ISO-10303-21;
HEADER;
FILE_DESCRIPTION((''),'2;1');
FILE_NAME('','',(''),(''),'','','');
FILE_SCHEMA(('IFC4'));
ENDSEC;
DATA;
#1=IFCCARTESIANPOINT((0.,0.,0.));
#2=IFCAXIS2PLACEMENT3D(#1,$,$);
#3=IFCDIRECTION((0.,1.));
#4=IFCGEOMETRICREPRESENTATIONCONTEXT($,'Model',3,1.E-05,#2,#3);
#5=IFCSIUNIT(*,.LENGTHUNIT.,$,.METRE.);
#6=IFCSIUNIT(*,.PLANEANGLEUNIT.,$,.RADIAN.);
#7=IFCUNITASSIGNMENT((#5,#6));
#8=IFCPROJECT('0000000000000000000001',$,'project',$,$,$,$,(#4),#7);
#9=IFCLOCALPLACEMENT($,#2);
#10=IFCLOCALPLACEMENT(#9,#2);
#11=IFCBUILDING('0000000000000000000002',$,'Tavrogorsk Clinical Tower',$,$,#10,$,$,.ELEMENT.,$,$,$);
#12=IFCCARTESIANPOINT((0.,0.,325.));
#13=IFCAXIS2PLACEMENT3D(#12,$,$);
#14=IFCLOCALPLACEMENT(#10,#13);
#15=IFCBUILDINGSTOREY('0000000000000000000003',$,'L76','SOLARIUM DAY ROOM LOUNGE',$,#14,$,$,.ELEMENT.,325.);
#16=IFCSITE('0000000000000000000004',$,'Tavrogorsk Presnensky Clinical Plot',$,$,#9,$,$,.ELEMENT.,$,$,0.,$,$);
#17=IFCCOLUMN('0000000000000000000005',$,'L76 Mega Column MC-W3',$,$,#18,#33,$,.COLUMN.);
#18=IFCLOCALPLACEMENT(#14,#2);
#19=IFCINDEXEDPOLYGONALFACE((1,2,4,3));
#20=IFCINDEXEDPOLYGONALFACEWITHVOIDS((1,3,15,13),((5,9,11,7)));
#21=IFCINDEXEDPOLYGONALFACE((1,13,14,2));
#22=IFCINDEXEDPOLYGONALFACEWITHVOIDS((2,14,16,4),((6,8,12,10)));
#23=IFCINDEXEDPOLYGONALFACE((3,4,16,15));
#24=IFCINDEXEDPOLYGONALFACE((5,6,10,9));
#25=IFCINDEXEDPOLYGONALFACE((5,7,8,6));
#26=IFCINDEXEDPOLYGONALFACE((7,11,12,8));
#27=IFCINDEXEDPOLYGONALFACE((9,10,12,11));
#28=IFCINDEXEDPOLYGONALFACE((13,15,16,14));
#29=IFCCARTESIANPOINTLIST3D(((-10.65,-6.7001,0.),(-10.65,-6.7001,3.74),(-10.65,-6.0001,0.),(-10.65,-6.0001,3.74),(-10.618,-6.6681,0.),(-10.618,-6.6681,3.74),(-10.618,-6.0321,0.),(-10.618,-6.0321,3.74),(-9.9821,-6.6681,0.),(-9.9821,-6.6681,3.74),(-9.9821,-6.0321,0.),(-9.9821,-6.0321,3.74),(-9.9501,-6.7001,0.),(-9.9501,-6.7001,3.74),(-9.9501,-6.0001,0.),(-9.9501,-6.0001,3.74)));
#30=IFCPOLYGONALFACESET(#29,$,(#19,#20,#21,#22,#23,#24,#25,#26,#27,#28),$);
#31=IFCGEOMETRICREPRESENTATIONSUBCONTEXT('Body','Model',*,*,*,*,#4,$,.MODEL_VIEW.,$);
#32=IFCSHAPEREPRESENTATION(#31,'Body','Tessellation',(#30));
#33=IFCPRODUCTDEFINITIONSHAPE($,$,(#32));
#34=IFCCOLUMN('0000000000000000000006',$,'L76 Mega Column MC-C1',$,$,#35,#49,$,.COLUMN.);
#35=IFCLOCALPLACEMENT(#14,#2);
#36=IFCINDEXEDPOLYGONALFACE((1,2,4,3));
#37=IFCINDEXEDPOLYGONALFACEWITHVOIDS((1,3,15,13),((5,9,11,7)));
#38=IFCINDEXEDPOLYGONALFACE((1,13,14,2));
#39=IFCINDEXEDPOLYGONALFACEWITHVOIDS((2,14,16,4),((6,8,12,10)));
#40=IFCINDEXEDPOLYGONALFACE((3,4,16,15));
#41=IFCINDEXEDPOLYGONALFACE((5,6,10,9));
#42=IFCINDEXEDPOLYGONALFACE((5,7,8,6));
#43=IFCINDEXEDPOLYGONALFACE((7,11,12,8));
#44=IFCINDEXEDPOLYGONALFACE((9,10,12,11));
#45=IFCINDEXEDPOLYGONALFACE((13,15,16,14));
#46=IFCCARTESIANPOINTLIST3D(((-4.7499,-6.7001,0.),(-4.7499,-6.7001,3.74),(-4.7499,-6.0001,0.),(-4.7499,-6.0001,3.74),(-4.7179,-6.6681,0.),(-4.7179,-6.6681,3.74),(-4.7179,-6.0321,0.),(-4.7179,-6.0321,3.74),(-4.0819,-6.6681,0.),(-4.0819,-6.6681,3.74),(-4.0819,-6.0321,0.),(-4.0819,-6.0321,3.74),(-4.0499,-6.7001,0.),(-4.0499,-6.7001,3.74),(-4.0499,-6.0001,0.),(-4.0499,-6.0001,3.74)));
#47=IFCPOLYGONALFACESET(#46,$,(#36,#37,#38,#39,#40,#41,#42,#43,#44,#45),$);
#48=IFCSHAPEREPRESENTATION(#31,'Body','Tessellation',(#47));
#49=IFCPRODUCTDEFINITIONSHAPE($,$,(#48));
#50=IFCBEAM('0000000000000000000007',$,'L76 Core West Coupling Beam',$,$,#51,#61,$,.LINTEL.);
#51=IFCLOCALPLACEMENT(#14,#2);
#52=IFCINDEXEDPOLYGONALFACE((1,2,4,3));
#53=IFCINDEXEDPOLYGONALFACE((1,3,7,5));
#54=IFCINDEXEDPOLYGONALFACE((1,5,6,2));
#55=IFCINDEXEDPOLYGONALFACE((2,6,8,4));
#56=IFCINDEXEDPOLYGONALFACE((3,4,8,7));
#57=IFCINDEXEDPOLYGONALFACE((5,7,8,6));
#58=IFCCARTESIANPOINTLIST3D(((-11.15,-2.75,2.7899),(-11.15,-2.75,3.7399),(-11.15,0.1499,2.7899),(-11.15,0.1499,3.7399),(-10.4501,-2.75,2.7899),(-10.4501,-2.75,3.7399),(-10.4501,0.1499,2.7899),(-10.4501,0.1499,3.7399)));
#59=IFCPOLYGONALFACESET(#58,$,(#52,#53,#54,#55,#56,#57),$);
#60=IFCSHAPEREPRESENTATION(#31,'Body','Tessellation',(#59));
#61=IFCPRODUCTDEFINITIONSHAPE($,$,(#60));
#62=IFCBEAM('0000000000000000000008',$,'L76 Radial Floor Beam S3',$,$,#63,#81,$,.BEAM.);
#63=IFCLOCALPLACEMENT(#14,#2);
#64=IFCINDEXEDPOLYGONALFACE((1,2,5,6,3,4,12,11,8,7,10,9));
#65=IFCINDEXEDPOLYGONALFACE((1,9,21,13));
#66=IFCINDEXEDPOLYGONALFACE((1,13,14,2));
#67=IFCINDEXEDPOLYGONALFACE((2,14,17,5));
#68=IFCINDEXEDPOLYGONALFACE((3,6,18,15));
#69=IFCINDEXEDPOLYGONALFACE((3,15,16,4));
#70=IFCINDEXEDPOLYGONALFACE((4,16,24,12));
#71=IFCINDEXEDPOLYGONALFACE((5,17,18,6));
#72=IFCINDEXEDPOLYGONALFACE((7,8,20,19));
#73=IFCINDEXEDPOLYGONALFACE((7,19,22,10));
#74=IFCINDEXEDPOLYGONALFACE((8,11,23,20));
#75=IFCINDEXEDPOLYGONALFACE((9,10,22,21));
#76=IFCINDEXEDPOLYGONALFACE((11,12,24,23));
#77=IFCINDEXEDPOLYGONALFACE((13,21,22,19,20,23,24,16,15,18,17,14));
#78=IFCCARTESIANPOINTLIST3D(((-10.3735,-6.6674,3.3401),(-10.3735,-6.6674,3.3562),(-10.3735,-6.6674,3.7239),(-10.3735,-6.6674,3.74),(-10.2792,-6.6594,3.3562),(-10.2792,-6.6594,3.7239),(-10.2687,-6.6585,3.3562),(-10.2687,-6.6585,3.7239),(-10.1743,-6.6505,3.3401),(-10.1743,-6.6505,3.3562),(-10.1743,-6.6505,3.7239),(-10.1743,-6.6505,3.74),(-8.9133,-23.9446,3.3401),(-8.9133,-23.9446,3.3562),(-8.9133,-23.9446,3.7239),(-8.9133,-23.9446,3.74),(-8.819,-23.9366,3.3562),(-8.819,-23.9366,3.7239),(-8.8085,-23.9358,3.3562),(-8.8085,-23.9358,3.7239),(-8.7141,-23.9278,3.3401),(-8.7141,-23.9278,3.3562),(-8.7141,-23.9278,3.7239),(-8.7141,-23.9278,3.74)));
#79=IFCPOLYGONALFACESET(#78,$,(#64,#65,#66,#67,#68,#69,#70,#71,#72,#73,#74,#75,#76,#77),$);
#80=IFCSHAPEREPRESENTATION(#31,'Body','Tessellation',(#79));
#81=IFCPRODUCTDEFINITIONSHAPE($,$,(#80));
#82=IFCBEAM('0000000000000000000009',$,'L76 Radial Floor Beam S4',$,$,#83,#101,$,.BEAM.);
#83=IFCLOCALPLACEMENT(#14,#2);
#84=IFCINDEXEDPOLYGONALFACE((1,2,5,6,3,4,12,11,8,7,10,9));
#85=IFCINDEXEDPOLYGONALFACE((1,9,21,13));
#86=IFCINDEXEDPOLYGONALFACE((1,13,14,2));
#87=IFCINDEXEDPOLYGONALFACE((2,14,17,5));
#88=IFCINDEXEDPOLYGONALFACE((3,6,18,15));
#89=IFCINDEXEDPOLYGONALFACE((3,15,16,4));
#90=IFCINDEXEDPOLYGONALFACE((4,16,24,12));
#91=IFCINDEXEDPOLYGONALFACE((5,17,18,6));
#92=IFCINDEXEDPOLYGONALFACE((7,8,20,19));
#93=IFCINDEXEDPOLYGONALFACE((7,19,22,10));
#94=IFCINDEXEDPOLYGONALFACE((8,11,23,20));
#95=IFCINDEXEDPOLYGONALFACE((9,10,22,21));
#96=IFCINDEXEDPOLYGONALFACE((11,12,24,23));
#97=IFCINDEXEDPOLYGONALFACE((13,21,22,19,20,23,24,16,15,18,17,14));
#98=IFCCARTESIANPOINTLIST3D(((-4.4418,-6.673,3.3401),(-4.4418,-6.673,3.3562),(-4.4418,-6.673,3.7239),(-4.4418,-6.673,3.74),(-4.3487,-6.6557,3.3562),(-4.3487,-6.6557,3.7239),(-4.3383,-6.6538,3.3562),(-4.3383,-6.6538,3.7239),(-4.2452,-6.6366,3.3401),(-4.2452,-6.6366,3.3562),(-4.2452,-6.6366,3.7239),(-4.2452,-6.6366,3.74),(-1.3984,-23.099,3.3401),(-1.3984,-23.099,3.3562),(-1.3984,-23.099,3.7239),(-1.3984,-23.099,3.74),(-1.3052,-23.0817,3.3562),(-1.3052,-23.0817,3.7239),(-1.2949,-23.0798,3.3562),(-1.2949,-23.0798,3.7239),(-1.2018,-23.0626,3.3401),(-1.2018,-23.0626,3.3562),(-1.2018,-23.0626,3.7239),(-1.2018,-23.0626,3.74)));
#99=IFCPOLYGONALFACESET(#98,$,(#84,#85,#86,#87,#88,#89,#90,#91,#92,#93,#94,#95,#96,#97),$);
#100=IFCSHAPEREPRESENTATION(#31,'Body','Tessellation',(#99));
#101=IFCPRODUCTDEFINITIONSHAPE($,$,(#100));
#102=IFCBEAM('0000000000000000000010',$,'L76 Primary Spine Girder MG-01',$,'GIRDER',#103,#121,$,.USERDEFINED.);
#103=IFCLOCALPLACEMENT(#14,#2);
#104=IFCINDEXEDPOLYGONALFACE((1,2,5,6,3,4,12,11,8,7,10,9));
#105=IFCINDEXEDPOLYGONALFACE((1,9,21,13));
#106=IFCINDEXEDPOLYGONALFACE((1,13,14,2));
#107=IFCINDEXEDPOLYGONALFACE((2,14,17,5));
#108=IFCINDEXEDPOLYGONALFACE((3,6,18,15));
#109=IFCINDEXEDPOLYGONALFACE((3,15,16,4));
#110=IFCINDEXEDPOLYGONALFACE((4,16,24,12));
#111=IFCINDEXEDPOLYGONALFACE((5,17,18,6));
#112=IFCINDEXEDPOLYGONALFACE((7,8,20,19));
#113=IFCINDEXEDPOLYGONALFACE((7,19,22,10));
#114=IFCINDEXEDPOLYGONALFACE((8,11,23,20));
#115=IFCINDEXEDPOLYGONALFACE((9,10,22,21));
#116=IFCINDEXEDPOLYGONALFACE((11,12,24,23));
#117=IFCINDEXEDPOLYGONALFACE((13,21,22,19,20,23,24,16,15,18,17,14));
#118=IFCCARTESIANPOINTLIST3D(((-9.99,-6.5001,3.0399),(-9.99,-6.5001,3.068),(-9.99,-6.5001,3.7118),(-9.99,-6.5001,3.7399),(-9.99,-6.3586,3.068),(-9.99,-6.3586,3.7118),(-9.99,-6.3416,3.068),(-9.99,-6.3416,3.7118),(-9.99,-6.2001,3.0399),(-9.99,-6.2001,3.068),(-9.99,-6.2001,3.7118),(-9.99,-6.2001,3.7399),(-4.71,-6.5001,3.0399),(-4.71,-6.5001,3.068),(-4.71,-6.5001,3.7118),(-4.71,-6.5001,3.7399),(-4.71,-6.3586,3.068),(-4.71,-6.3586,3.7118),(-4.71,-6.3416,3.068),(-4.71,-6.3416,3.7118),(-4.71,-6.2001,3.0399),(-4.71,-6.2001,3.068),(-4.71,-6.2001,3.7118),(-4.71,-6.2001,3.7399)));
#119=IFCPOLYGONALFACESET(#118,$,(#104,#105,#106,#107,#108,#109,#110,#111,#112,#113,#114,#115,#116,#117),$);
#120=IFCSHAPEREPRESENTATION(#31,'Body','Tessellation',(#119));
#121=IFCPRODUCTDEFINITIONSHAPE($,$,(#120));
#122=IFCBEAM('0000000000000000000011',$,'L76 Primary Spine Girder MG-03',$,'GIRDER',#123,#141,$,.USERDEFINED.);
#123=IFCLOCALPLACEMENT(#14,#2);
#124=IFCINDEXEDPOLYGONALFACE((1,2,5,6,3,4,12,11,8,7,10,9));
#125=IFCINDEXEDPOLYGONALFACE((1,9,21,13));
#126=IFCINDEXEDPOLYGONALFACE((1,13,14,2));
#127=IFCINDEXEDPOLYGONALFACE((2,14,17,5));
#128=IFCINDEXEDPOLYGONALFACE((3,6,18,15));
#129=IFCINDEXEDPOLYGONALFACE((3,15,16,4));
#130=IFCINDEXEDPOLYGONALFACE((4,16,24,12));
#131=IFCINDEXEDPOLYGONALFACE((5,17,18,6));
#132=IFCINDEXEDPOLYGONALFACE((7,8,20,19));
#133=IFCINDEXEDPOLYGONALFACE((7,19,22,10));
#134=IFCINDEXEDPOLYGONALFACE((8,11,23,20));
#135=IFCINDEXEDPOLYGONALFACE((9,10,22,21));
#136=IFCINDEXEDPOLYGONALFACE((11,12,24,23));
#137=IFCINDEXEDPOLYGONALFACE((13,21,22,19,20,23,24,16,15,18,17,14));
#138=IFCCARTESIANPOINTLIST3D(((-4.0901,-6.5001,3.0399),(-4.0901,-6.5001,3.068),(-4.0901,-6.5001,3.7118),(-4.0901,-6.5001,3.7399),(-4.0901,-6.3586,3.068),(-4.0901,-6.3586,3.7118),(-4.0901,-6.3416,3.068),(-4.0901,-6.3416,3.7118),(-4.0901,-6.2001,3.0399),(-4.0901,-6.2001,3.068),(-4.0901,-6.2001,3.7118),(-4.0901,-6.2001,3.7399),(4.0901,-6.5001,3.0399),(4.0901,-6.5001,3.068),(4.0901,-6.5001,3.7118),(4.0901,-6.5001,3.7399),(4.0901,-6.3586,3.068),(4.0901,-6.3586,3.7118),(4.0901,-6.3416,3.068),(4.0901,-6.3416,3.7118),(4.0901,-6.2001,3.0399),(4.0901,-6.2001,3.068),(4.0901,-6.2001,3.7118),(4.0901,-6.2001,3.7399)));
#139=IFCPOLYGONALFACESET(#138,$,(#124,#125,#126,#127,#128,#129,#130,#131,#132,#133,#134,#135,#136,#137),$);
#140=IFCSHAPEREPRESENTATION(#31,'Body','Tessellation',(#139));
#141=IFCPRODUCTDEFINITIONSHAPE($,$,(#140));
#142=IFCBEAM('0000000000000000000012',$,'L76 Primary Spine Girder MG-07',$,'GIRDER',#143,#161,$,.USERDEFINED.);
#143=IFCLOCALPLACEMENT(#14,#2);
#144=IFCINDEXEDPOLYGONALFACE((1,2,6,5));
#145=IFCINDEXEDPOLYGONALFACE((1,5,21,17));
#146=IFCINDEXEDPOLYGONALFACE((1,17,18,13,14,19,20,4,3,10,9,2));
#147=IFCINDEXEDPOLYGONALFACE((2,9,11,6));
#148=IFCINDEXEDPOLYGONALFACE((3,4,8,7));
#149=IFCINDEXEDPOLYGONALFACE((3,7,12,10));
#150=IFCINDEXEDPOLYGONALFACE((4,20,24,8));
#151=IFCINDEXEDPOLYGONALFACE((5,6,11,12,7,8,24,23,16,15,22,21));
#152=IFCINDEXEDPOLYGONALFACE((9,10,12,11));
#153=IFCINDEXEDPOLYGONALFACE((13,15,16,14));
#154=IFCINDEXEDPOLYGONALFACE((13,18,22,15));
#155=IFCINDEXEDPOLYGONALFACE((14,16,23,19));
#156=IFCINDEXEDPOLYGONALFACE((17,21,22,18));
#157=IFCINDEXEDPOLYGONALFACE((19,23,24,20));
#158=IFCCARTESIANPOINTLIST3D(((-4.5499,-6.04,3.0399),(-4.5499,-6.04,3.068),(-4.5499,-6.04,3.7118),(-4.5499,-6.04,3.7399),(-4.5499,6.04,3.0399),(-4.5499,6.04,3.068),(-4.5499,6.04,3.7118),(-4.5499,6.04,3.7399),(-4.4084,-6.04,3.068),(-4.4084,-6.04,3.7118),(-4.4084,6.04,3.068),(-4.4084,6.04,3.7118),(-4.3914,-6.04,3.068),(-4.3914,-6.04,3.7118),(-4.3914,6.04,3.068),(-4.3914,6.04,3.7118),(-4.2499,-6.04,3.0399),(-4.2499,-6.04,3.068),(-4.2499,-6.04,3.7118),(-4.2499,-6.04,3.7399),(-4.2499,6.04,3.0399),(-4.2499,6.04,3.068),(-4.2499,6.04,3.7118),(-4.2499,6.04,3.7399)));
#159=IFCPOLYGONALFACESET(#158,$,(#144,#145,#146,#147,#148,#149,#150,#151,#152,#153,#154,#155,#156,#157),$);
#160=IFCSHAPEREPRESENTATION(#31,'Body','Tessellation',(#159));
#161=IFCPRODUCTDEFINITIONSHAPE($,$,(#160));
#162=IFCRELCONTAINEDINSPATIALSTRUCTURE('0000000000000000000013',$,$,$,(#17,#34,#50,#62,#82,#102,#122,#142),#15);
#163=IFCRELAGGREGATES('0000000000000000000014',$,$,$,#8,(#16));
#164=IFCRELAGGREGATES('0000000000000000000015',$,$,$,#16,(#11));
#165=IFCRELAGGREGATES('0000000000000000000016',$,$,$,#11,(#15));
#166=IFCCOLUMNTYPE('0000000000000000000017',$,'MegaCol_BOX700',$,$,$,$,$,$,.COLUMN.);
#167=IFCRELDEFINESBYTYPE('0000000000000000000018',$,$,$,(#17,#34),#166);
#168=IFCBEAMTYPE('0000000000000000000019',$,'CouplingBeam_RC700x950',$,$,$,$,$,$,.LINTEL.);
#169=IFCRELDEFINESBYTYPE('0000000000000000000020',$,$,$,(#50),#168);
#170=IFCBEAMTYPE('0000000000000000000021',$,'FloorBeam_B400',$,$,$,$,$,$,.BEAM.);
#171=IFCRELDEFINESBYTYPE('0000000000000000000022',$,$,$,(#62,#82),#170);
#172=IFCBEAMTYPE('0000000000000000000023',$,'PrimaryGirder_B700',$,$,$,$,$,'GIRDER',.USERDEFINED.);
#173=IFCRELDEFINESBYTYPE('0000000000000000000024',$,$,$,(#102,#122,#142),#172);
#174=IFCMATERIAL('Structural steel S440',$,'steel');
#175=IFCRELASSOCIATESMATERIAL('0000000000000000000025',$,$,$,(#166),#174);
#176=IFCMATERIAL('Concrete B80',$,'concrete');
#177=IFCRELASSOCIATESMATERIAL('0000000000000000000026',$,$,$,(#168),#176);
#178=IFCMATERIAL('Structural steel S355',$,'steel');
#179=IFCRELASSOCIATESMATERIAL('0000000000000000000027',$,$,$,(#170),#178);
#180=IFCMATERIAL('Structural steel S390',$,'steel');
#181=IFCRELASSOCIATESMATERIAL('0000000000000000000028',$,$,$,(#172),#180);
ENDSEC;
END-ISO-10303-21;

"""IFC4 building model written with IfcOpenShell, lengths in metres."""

from ifc_helpers import new_model, si_unit, direction, frame, origin, origin_2d, place, context, subcontext, project, spatial, rectangle, hollow_rectangle, i_section, extrude, material, material_profile, profile_set, type_object, element, save


model = new_model("IFC4")

# Units and contexts
model_context = context("Model", 3, precision=1e-05, world=origin(), true_north=direction((0.0, 1.0)))
body_context = subcontext(model_context, "Body", "Model", "MODEL_VIEW")
ifc_project = project(units=[si_unit("LENGTHUNIT", "METRE"), si_unit("PLANEANGLEUNIT", "RADIAN")], contexts=[model_context])

# Site, building, storey
site_placement = place(None, origin())
site = spatial("IfcSite", under=ifc_project, at=site_placement, Name="Tavrogorsk Presnensky Clinical Plot", CompositionType="ELEMENT", RefElevation=0.0)
building_placement = place(site_placement, origin())
building = spatial("IfcBuilding", under=site, at=building_placement, Name="Tavrogorsk Clinical Tower", CompositionType="ELEMENT")
storey_placement = place(building_placement, frame((0.0, 0.0, 325.0)))
storey = spatial("IfcBuildingStorey", under=building, at=storey_placement, Name="L76", Description="SOLARIUM DAY ROOM LOUNGE", CompositionType="ELEMENT", Elevation=325.0)

# Columns
ifc_material_1 = material(Name="Structural steel S440", Category="steel")
ifc_material_profile_1 = material_profile(ifc_material_1, hollow_rectangle(XDim=0.7, YDim=0.7, WallThickness=0.032, at=origin_2d()), Name="BOX-700x700x32")
ifc_profile_set_1 = profile_set([ifc_material_profile_1], Name="Structural steel S440")
column_type = type_object("IfcColumnType", Name="MegaCol_BOX700", PredefinedType="COLUMN", material=ifc_profile_set_1)
for number, where, z_axis, x_axis, name in (
    (1, (-10.3, -6.3501, 0.0), (0.0, 0.0, 1.0), (1.0, 0.0, 0.0), "L76 Mega Column MC-W3"),
    (2, (-4.3999, -6.3501, 0.0), (0.0, 0.0, 1.0), (1.0, 0.0, 0.0), "L76 Mega Column MC-C1"),
):
    element("IfcColumn", number, at=place(storey_placement, frame(where, z_axis=z_axis, x_axis=x_axis)), inside=storey, type_object=column_type, Name=name, PredefinedType="COLUMN", context=body_context, shape_type="SweptSolid", body=[
        extrude(hollow_rectangle(XDim=0.7, YDim=0.7, WallThickness=0.032, at=origin_2d()), origin(), (0.0, 0.0, 1.0), 3.74),
    ])

# Beams
ifc_material_2 = material(Name="Concrete B80", Category="concrete")
ifc_material_profile_2 = material_profile(ifc_material_2, rectangle(XDim=0.7, YDim=0.95, at=origin_2d()), Name="RC-CB-700x950")
ifc_profile_set_2 = profile_set([ifc_material_profile_2], Name="Concrete B80")
beam_type_1 = type_object("IfcBeamType", Name="CouplingBeam_RC700x950", PredefinedType="LINTEL", material=ifc_profile_set_2)
beam_1_placement = place(storey_placement, frame((-10.8, -2.75, 3.2649), z_axis=(0.0, 1.0, 0.0), x_axis=(-1.0, 0.0, 0.0)))
element("IfcBeam", 3, at=beam_1_placement, inside=storey, type_object=beam_type_1, Name="L76 Core West Coupling Beam", PredefinedType="LINTEL", context=body_context, shape_type="SweptSolid", body=[
    extrude(rectangle(XDim=0.7, YDim=0.95, at=origin_2d()), origin(), (0.0, 0.0, 1.0), 2.8999),
])
ifc_material_3 = material(Name="Structural steel S355", Category="steel")
ifc_material_profile_3 = material_profile(ifc_material_3, i_section(OverallWidth=0.2, OverallDepth=0.3999, WebThickness=0.0105, FlangeThickness=0.0161, at=origin_2d()), Name="B-400x200x10.5x16")
ifc_profile_set_3 = profile_set([ifc_material_profile_3], Name="Structural steel S355")
beam_type_2 = type_object("IfcBeamType", Name="FloorBeam_B400", PredefinedType="BEAM", material=ifc_profile_set_3)
beam_2_placement = place(storey_placement, frame((-10.2739, -6.6589, 3.54), z_axis=(0.084215, -0.996448, 0.0), x_axis=(0.996448, 0.084215, 0.0)))
element("IfcBeam", 4, at=beam_2_placement, inside=storey, type_object=beam_type_2, Name="L76 Radial Floor Beam S3", PredefinedType="BEAM", context=body_context, shape_type="SweptSolid", body=[
    extrude(i_section(OverallWidth=0.2, OverallDepth=0.3999, WebThickness=0.0105, FlangeThickness=0.0161, at=origin_2d()), origin(), (0.0, 0.0, 1.0), 17.3389),
])
beam_3_placement = place(storey_placement, frame((-4.3435, -6.6548, 3.54), z_axis=(0.182182, -0.983265, 0.0), x_axis=(0.983265, 0.182182, 0.0)))
element("IfcBeam", 5, at=beam_3_placement, inside=storey, type_object=beam_type_2, Name="L76 Radial Floor Beam S4", PredefinedType="BEAM", context=body_context, shape_type="SweptSolid", body=[
    extrude(i_section(OverallWidth=0.2, OverallDepth=0.3999, WebThickness=0.0105, FlangeThickness=0.0161, at=origin_2d()), origin(), (0.0, 0.0, 1.0), 16.7056),
])
ifc_material_4 = material(Name="Structural steel S390", Category="steel")
ifc_material_profile_4 = material_profile(ifc_material_4, i_section(OverallWidth=0.3, OverallDepth=0.7, WebThickness=0.0171, FlangeThickness=0.0281, at=origin_2d()), Name="B-700x300x17x28")
ifc_profile_set_4 = profile_set([ifc_material_profile_4], Name="Structural steel S390")
beam_type_3 = type_object("IfcBeamType", Name="PrimaryGirder_B700", ElementType="GIRDER", PredefinedType="USERDEFINED", material=ifc_profile_set_4)
beam_4_placement = place(storey_placement, frame((-9.99, -6.3501, 3.3899), z_axis=(1.0, 0.0, 0.0), x_axis=(0.0, 1.0, 0.0)))
element("IfcBeam", 6, at=beam_4_placement, inside=storey, type_object=beam_type_3, Name="L76 Primary Spine Girder MG-01", ObjectType="GIRDER", PredefinedType="USERDEFINED", context=body_context, shape_type="SweptSolid", body=[
    extrude(i_section(OverallWidth=0.3, OverallDepth=0.7, WebThickness=0.0171, FlangeThickness=0.0281, at=origin_2d()), origin(), (0.0, 0.0, 1.0), 5.28),
])
beam_5_placement = place(storey_placement, frame((-4.0901, -6.3501, 3.3899), z_axis=(1.0, 0.0, 0.0), x_axis=(0.0, 1.0, 0.0)))
element("IfcBeam", 7, at=beam_5_placement, inside=storey, type_object=beam_type_3, Name="L76 Primary Spine Girder MG-03", ObjectType="GIRDER", PredefinedType="USERDEFINED", context=body_context, shape_type="SweptSolid", body=[
    extrude(i_section(OverallWidth=0.3, OverallDepth=0.7, WebThickness=0.0171, FlangeThickness=0.0281, at=origin_2d()), origin(), (0.0, 0.0, 1.0), 8.1802),
])
beam_6_placement = place(storey_placement, frame((-4.3999, -6.04, 3.3899), z_axis=(0.0, 1.0, 0.0), x_axis=(-1.0, 0.0, 0.0)))
element("IfcBeam", 8, at=beam_6_placement, inside=storey, type_object=beam_type_3, Name="L76 Primary Spine Girder MG-07", ObjectType="GIRDER", PredefinedType="USERDEFINED", context=body_context, shape_type="SweptSolid", body=[
    extrude(i_section(OverallWidth=0.3, OverallDepth=0.7, WebThickness=0.0171, FlangeThickness=0.0281, at=origin_2d()), origin(), (0.0, 0.0, 1.0), 12.0801),
])

save(model, "model.ifc")
